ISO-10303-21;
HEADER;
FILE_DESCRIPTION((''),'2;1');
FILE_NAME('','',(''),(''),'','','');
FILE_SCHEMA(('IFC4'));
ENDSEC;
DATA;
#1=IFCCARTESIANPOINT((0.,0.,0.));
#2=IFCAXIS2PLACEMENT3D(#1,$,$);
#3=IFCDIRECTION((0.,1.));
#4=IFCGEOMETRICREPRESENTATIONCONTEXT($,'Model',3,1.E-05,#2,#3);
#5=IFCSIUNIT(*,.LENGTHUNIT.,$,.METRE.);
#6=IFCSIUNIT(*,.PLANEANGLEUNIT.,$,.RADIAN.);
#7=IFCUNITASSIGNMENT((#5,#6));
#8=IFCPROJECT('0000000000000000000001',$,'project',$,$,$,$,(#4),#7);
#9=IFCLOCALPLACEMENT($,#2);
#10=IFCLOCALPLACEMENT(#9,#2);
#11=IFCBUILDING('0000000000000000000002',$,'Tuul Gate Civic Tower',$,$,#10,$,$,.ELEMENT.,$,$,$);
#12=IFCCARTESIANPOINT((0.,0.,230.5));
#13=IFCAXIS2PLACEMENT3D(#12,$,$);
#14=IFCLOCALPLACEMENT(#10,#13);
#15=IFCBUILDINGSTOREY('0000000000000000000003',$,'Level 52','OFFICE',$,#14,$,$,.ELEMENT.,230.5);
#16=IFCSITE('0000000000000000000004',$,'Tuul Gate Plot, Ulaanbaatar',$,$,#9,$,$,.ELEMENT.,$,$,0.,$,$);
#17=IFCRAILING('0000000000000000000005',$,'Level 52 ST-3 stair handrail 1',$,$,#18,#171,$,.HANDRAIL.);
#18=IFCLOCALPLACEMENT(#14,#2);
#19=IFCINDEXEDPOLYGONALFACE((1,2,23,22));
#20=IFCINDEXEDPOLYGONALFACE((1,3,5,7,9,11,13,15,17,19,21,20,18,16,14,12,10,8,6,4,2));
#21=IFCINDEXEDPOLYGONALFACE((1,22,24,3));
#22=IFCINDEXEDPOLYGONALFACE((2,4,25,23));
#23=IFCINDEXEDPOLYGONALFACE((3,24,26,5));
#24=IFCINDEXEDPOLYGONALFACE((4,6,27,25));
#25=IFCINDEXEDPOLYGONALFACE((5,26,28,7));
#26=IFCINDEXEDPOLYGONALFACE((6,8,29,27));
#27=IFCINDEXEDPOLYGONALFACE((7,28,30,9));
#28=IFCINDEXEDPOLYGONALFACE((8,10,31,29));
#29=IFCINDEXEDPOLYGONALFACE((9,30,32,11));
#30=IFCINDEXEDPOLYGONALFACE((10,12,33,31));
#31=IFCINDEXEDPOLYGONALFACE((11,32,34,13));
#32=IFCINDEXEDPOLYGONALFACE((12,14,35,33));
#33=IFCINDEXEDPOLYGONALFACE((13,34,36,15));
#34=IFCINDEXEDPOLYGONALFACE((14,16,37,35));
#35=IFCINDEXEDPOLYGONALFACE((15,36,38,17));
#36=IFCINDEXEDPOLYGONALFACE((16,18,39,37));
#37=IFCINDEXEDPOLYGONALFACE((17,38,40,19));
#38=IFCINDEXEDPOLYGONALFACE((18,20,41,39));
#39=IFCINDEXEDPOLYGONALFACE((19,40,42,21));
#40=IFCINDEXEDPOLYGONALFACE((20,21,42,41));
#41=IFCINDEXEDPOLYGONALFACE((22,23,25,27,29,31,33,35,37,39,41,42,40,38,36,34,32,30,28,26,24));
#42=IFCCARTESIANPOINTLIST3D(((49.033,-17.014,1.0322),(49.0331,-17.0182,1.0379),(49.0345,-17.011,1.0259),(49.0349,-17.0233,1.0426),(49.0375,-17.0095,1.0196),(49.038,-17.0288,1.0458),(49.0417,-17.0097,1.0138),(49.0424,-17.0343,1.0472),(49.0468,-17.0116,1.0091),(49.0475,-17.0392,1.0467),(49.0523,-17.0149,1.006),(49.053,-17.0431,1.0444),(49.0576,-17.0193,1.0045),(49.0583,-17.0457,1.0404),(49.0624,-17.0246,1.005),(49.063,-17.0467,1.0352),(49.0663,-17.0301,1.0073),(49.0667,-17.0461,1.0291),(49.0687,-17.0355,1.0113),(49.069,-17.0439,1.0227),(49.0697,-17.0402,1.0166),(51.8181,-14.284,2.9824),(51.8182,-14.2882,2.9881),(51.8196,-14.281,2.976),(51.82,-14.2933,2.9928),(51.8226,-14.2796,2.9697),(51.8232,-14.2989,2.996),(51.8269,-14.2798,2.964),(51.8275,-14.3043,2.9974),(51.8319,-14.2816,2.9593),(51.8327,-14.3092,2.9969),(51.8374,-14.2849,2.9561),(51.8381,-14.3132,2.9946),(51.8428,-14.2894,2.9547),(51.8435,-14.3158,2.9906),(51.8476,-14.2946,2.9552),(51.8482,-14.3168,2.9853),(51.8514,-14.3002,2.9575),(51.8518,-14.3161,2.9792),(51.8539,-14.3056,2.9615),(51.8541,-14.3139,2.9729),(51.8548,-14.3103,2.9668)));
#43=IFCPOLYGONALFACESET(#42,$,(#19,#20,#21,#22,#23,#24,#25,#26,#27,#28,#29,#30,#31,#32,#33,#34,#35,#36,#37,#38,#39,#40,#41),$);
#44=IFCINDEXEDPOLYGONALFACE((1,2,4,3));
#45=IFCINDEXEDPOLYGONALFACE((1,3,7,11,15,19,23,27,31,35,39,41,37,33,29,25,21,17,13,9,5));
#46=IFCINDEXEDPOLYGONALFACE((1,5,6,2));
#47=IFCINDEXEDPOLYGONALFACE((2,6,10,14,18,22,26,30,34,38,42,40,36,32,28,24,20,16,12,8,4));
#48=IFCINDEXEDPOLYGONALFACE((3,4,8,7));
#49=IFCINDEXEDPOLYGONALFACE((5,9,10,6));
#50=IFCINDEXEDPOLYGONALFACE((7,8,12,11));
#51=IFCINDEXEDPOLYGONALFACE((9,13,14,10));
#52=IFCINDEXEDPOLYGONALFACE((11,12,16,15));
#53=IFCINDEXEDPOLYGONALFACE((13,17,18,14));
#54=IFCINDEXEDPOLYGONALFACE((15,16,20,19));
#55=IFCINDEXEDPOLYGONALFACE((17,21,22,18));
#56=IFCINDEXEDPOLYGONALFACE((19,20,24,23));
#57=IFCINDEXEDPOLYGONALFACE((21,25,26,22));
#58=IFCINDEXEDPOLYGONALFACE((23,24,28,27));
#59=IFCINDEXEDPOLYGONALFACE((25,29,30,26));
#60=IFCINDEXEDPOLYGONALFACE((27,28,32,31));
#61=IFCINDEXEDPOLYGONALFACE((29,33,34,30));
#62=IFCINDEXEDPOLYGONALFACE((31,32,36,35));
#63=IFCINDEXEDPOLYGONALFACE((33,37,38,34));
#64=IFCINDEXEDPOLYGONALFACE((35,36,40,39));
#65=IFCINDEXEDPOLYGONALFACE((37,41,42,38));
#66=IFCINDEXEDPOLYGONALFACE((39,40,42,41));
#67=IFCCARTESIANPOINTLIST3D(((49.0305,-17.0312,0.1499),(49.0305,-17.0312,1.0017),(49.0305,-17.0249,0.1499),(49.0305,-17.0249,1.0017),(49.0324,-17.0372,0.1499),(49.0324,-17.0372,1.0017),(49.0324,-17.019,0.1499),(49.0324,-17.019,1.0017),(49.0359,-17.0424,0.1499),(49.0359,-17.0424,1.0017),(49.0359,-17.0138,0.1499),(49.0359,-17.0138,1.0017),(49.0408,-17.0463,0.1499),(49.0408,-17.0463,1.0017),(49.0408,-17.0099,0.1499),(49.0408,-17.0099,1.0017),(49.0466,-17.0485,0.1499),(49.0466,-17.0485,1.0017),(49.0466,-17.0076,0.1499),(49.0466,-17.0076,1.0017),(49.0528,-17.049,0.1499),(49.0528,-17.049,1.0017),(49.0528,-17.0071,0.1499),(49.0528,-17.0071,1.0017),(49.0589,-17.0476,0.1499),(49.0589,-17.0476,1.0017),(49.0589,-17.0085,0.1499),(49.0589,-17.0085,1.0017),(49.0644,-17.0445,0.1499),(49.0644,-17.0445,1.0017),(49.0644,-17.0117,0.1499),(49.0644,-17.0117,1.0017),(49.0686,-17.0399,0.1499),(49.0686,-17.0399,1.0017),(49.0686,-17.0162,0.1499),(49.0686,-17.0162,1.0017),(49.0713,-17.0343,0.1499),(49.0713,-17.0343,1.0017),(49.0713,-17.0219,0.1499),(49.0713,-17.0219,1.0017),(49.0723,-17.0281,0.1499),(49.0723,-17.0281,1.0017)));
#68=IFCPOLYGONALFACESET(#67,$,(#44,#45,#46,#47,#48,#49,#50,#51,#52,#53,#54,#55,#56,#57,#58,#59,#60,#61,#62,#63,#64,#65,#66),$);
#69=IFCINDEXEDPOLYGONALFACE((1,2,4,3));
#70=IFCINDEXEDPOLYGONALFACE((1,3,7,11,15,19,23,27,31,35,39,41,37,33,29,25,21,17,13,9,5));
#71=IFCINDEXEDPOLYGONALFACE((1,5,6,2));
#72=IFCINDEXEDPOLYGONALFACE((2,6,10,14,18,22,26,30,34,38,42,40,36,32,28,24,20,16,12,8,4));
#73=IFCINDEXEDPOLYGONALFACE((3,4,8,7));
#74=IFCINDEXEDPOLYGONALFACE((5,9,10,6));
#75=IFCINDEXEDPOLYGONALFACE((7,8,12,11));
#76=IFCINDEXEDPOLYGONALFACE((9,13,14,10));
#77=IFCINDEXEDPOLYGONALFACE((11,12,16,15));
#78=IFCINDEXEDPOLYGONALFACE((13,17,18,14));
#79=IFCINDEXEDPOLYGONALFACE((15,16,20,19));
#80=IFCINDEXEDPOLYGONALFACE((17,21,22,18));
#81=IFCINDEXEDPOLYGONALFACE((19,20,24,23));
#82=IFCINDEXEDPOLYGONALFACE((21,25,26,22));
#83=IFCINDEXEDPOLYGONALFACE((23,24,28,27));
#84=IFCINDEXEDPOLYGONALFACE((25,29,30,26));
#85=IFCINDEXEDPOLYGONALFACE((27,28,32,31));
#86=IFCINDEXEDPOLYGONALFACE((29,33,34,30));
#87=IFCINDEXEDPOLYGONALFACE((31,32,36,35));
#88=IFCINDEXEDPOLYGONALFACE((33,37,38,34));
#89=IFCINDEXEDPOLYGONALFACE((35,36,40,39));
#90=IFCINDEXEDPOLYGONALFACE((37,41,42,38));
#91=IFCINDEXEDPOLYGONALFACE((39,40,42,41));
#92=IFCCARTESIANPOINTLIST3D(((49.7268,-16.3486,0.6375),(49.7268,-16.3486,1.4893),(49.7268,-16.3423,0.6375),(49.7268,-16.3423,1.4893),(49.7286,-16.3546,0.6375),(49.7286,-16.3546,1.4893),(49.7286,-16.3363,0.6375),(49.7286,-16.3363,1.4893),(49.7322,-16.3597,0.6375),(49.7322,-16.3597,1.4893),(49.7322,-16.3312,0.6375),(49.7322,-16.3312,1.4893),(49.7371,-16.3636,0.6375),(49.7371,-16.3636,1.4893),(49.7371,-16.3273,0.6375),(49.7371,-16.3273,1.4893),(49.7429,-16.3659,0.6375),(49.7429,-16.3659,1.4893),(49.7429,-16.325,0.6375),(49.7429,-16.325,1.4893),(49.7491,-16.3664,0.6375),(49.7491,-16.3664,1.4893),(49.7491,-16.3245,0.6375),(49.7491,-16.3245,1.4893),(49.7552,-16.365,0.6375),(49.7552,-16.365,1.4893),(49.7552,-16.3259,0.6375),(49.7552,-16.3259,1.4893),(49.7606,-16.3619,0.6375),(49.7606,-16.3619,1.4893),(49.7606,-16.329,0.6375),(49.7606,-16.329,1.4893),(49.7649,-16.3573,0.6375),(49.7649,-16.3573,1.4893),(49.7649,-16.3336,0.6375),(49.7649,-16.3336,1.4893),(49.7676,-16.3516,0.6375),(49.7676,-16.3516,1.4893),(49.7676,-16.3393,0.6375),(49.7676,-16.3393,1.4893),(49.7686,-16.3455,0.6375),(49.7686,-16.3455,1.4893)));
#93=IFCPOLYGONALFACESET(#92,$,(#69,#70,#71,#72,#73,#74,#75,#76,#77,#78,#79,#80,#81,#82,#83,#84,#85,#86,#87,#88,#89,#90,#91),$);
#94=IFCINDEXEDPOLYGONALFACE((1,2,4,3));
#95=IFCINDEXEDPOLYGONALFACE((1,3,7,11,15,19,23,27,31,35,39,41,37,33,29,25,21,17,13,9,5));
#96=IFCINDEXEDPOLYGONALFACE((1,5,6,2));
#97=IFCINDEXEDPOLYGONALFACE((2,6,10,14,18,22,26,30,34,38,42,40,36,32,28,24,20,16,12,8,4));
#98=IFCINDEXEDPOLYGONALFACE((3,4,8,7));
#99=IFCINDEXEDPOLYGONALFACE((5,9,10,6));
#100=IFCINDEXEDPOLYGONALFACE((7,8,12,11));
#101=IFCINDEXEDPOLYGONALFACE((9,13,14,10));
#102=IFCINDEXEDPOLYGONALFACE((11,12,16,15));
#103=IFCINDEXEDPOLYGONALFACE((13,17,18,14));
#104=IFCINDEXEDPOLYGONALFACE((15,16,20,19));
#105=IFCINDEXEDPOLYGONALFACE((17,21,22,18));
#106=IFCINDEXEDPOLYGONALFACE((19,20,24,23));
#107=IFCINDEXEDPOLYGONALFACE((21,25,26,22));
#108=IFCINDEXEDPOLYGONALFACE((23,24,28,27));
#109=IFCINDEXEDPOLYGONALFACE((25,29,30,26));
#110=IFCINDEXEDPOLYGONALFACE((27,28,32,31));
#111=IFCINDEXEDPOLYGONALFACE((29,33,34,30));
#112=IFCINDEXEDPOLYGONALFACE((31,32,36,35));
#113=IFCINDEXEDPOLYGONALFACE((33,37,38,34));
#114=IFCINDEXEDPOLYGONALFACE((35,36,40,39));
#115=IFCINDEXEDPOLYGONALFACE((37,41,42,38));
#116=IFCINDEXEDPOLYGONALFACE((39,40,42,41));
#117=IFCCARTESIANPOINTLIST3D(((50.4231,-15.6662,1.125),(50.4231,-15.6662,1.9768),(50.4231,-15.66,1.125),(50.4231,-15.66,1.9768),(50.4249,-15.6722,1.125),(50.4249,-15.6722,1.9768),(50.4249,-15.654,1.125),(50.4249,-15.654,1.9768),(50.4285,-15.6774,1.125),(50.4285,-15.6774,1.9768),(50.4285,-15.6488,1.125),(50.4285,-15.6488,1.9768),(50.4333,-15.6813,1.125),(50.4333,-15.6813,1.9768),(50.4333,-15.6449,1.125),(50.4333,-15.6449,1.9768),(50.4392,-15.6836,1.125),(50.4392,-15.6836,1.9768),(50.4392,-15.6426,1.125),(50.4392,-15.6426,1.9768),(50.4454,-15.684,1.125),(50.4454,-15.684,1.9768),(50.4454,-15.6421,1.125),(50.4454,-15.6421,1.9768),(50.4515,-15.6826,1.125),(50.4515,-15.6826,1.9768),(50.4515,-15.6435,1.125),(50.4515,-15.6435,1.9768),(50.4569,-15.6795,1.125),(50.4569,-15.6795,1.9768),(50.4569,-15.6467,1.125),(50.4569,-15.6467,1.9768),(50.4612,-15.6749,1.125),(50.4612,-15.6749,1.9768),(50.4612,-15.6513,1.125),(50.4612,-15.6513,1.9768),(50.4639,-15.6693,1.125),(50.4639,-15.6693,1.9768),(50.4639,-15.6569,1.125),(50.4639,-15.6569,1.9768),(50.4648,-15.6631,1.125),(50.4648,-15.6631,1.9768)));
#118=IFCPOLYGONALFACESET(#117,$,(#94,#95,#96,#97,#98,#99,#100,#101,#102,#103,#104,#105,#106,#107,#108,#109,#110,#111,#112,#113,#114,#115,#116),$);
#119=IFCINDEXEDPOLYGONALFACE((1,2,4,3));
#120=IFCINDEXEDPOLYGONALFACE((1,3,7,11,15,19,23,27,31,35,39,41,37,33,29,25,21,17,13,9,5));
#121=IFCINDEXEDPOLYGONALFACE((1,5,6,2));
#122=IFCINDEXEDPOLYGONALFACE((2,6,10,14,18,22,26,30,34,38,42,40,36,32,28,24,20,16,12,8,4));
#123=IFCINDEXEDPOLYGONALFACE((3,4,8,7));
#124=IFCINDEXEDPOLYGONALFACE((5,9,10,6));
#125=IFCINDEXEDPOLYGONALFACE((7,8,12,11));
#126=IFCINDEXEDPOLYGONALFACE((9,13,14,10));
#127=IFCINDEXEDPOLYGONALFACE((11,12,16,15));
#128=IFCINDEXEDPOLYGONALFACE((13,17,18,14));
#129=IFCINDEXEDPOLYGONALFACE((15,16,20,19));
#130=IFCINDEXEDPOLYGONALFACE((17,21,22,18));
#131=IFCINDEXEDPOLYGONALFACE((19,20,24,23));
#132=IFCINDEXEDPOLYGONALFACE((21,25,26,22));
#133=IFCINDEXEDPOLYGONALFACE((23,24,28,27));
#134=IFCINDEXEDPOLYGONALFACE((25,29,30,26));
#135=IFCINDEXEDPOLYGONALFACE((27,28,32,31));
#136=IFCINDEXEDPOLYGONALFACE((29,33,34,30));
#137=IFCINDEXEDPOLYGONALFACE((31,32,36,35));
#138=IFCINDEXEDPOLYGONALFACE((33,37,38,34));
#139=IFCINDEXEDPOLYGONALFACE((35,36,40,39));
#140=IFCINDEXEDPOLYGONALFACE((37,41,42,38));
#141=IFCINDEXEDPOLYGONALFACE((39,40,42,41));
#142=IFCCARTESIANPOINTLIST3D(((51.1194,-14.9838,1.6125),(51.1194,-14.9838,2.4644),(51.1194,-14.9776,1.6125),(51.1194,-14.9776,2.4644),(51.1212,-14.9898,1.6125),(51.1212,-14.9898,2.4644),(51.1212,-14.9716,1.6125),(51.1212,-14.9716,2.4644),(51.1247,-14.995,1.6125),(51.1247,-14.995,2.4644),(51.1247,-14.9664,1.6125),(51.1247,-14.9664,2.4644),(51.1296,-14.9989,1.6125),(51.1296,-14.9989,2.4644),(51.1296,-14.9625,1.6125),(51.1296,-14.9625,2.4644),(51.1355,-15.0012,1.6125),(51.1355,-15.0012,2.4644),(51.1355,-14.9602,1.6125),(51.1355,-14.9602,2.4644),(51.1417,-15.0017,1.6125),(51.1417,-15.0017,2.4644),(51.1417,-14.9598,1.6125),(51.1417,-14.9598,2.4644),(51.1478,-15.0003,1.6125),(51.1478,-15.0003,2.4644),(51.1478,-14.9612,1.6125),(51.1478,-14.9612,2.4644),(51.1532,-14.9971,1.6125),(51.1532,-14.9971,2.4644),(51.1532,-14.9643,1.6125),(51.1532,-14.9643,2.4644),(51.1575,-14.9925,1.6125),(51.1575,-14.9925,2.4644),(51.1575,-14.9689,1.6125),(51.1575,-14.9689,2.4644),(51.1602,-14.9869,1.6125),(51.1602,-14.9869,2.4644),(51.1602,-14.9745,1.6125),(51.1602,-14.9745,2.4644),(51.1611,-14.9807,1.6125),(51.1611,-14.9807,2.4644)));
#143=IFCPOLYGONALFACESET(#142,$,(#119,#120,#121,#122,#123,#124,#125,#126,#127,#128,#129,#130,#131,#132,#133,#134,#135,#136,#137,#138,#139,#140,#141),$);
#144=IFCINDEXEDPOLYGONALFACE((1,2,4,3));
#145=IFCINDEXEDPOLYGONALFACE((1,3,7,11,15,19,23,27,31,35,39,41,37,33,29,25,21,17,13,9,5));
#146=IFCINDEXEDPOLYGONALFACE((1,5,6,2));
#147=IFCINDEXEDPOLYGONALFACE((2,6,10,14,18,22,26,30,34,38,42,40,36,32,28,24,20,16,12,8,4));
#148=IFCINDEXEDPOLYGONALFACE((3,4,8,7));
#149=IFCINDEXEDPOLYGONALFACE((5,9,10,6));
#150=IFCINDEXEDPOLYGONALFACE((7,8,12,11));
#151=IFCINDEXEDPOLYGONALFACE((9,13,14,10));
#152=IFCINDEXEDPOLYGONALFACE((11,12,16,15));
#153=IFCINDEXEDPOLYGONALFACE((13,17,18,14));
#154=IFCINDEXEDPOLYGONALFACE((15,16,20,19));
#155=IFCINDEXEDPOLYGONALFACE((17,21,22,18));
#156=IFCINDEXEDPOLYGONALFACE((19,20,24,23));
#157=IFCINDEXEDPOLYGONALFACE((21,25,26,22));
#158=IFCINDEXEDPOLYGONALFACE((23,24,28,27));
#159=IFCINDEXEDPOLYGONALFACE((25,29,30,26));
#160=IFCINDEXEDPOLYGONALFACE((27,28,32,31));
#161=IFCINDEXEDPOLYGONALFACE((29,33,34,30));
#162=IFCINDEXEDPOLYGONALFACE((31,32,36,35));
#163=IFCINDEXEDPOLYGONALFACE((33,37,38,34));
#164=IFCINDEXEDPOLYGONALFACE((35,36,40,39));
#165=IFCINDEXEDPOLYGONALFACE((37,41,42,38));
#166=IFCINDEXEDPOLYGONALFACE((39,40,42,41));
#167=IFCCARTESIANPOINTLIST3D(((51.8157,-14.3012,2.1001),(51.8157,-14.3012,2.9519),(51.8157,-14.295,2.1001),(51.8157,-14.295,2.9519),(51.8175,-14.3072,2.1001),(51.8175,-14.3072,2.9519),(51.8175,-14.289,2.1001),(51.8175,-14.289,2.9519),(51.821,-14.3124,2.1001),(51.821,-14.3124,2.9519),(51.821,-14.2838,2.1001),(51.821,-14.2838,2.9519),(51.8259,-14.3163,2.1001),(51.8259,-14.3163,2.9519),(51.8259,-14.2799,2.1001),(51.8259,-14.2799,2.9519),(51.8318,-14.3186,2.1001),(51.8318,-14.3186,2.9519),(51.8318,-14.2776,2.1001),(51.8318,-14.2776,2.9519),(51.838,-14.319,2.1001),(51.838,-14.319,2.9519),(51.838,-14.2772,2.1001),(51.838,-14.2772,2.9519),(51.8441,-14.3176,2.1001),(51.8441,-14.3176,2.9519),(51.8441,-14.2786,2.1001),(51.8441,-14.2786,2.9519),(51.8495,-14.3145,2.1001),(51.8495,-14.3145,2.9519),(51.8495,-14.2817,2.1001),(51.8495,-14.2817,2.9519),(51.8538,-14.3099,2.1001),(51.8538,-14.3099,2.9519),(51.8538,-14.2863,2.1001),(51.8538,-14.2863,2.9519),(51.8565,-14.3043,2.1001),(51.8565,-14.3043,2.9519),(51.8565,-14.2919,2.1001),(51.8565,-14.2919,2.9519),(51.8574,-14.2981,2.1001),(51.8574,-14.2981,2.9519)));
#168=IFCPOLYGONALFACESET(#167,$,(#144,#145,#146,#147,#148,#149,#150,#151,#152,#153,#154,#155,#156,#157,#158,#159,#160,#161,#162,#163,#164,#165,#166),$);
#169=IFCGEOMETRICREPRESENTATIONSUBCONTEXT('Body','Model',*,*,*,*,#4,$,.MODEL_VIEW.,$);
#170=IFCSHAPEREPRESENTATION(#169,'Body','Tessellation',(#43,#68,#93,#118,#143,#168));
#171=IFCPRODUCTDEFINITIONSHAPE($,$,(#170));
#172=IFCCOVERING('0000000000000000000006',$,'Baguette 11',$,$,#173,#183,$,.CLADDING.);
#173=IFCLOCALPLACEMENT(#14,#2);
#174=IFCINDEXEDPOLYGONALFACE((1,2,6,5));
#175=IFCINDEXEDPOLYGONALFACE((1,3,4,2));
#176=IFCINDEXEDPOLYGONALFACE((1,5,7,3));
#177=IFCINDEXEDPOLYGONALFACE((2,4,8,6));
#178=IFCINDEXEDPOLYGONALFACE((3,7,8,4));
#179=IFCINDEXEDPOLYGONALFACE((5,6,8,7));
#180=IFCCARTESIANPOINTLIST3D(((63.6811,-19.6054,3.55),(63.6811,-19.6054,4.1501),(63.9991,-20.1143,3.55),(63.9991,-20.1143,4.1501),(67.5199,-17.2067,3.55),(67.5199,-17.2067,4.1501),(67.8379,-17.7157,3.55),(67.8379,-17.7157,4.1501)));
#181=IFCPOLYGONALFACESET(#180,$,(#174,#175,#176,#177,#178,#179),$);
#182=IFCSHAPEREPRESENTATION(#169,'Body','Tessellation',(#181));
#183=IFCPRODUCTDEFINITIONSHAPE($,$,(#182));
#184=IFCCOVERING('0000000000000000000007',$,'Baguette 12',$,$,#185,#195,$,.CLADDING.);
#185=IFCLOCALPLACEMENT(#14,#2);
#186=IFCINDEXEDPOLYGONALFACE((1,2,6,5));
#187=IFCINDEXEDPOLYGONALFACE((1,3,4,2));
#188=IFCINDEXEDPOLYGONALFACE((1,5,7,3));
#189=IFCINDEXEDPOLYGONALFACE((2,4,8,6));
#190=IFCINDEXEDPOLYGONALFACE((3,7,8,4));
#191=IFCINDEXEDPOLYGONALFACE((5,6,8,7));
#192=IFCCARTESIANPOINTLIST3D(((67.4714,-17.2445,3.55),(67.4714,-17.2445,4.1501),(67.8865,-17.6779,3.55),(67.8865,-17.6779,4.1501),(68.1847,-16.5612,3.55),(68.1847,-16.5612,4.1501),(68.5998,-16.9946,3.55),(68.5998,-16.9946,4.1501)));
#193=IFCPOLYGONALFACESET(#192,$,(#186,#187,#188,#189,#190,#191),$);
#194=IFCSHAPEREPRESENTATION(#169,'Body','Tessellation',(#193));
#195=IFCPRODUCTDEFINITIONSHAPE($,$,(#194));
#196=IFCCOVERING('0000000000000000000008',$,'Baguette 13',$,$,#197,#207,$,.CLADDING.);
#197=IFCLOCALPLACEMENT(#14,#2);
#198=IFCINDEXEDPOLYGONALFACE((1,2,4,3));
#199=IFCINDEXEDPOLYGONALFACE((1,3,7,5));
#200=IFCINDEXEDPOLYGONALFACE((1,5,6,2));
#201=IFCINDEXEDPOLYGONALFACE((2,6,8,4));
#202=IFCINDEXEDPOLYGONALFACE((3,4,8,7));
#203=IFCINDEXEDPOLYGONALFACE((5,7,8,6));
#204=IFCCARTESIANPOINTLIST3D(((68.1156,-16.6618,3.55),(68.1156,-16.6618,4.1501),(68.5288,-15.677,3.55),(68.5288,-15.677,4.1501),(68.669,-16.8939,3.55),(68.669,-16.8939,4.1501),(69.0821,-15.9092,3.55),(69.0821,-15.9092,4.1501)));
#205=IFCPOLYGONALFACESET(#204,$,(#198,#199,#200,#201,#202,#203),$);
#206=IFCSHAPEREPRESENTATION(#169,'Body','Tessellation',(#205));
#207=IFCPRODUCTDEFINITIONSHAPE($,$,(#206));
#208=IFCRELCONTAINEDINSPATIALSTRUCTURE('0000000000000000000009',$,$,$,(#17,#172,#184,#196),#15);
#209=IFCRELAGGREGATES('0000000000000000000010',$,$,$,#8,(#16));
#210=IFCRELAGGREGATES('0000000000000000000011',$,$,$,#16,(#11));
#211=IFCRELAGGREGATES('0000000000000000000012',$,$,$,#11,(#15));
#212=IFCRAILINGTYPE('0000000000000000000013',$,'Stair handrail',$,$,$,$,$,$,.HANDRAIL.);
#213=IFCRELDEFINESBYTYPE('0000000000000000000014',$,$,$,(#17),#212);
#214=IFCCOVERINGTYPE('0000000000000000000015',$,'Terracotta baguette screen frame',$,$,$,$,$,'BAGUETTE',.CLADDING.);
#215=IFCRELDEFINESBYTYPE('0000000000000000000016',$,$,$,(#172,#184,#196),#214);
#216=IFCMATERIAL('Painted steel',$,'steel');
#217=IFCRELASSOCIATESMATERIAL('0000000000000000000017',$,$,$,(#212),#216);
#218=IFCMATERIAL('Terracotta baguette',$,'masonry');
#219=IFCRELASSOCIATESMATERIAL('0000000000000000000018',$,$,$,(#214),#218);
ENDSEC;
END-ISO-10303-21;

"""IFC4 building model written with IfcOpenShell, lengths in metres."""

from ifc_helpers import new_model, si_unit, direction, frame, origin, origin_2d, place, context, subcontext, project, spatial, rectangle, circle, extrude, material, material_profile, profile_set, type_object, element, save


model = new_model("IFC4")

# Units and contexts
model_context = context("Model", 3, precision=1e-05, world=origin(), true_north=direction((0.0, 1.0)))
body_context = subcontext(model_context, "Body", "Model", "MODEL_VIEW")
ifc_project = project(units=[si_unit("LENGTHUNIT", "METRE"), si_unit("PLANEANGLEUNIT", "RADIAN")], contexts=[model_context])

# Site, building, storey
site_placement = place(None, origin())
site = spatial("IfcSite", under=ifc_project, at=site_placement, Name="Tuul Gate Plot, Ulaanbaatar", CompositionType="ELEMENT", RefElevation=0.0)
building_placement = place(site_placement, origin())
building = spatial("IfcBuilding", under=site, at=building_placement, Name="Tuul Gate Civic Tower", CompositionType="ELEMENT")
storey_placement = place(building_placement, frame((0.0, 0.0, 230.5)))
storey = spatial("IfcBuildingStorey", under=building, at=storey_placement, Name="Level 52", Description="OFFICE", CompositionType="ELEMENT", Elevation=230.5)

# Railing
ifc_material_1 = material(Name="Painted steel", Category="steel")
railing_type = type_object("IfcRailingType", Name="Stair handrail", PredefinedType="HANDRAIL", material=ifc_material_1)
railing_placement = place(storey_placement, frame((49.0513, -17.0281, 0.1499)))
element("IfcRailing", 1, at=railing_placement, inside=storey, type_object=railing_type, Name="Level 52 ST-3 stair handrail 1", PredefinedType="HANDRAIL", context=body_context, shape_type="SweptSolid", body=[
    extrude(circle(Radius=0.0239, at=origin_2d()), frame((0.0, 0.0, 0.876), z_axis=(0.638738, 0.626084, 0.447251), x_axis=(-0.699998, 0.714145, 0.0)), (0.0, 0.0, 1.0), 4.3604),
    extrude(circle(Radius=0.021, at=origin_2d()), origin(), (0.0, 0.0, 1.0), 0.8518),
    extrude(circle(Radius=0.021, at=origin_2d()), frame((0.6963, 0.6826, 0.4875)), (0.0, 0.0, 1.0), 0.8518),
    extrude(circle(Radius=0.021, at=origin_2d()), frame((1.3926, 1.365, 0.9751)), (0.0, 0.0, 1.0), 0.8518),
    extrude(circle(Radius=0.021, at=origin_2d()), frame((2.0889, 2.0474, 1.4626)), (0.0, 0.0, 1.0), 0.8518),
    extrude(circle(Radius=0.021, at=origin_2d()), frame((2.7852, 2.73, 1.9502)), (0.0, 0.0, 1.0), 0.8518),
])

# Coverings
ifc_material_2 = material(Name="Terracotta baguette", Category="masonry")
ifc_material_profile_1 = material_profile(ifc_material_2, rectangle(XDim=0.6001, YDim=0.6001, at=origin_2d()), Name="Terracotta baguette screen frame")
ifc_profile_set_1 = profile_set([ifc_material_profile_1], Name="Terracotta baguette")
covering_type = type_object("IfcCoveringType", Name="Terracotta baguette screen frame", ElementType="BAGUETTE", PredefinedType="CLADDING", material=ifc_profile_set_1)
covering_1_placement = place(storey_placement, frame((63.8401, -19.8599, 3.8501), z_axis=(0.848059, 0.529902, 0.0), x_axis=(-0.529902, 0.848059, 0.0)))
element("IfcCovering", 2, at=covering_1_placement, inside=storey, type_object=covering_type, Name="Baguette 11", PredefinedType="CLADDING", context=body_context, shape_type="SweptSolid", body=[
    extrude(rectangle(XDim=0.6001, YDim=0.6001, at=origin_2d()), origin(), (0.0, 0.0, 1.0), 4.5266),
])
covering_2_placement = place(storey_placement, frame((67.679, -17.4612, 3.8501), z_axis=(0.722143, 0.691744, 0.0), x_axis=(-0.691744, 0.722143, 0.0)))
element("IfcCovering", 3, at=covering_2_placement, inside=storey, type_object=covering_type, Name="Baguette 12", PredefinedType="CLADDING", context=body_context, shape_type="SweptSolid", body=[
    extrude(rectangle(XDim=0.6001, YDim=0.6001, at=origin_2d()), origin(), (0.0, 0.0, 1.0), 0.9878),
])
covering_3_placement = place(storey_placement, frame((68.3923, -16.7778, 3.8501), z_axis=(0.386871, 0.922134, 0.0), x_axis=(-0.922134, 0.386871, 0.0)))
element("IfcCovering", 4, at=covering_3_placement, inside=storey, type_object=covering_type, Name="Baguette 13", PredefinedType="CLADDING", context=body_context, shape_type="SweptSolid", body=[
    extrude(rectangle(XDim=0.6001, YDim=0.6001, at=origin_2d()), origin(), (0.0, 0.0, 1.0), 1.0679),
])

save(model, "model.ifc")
